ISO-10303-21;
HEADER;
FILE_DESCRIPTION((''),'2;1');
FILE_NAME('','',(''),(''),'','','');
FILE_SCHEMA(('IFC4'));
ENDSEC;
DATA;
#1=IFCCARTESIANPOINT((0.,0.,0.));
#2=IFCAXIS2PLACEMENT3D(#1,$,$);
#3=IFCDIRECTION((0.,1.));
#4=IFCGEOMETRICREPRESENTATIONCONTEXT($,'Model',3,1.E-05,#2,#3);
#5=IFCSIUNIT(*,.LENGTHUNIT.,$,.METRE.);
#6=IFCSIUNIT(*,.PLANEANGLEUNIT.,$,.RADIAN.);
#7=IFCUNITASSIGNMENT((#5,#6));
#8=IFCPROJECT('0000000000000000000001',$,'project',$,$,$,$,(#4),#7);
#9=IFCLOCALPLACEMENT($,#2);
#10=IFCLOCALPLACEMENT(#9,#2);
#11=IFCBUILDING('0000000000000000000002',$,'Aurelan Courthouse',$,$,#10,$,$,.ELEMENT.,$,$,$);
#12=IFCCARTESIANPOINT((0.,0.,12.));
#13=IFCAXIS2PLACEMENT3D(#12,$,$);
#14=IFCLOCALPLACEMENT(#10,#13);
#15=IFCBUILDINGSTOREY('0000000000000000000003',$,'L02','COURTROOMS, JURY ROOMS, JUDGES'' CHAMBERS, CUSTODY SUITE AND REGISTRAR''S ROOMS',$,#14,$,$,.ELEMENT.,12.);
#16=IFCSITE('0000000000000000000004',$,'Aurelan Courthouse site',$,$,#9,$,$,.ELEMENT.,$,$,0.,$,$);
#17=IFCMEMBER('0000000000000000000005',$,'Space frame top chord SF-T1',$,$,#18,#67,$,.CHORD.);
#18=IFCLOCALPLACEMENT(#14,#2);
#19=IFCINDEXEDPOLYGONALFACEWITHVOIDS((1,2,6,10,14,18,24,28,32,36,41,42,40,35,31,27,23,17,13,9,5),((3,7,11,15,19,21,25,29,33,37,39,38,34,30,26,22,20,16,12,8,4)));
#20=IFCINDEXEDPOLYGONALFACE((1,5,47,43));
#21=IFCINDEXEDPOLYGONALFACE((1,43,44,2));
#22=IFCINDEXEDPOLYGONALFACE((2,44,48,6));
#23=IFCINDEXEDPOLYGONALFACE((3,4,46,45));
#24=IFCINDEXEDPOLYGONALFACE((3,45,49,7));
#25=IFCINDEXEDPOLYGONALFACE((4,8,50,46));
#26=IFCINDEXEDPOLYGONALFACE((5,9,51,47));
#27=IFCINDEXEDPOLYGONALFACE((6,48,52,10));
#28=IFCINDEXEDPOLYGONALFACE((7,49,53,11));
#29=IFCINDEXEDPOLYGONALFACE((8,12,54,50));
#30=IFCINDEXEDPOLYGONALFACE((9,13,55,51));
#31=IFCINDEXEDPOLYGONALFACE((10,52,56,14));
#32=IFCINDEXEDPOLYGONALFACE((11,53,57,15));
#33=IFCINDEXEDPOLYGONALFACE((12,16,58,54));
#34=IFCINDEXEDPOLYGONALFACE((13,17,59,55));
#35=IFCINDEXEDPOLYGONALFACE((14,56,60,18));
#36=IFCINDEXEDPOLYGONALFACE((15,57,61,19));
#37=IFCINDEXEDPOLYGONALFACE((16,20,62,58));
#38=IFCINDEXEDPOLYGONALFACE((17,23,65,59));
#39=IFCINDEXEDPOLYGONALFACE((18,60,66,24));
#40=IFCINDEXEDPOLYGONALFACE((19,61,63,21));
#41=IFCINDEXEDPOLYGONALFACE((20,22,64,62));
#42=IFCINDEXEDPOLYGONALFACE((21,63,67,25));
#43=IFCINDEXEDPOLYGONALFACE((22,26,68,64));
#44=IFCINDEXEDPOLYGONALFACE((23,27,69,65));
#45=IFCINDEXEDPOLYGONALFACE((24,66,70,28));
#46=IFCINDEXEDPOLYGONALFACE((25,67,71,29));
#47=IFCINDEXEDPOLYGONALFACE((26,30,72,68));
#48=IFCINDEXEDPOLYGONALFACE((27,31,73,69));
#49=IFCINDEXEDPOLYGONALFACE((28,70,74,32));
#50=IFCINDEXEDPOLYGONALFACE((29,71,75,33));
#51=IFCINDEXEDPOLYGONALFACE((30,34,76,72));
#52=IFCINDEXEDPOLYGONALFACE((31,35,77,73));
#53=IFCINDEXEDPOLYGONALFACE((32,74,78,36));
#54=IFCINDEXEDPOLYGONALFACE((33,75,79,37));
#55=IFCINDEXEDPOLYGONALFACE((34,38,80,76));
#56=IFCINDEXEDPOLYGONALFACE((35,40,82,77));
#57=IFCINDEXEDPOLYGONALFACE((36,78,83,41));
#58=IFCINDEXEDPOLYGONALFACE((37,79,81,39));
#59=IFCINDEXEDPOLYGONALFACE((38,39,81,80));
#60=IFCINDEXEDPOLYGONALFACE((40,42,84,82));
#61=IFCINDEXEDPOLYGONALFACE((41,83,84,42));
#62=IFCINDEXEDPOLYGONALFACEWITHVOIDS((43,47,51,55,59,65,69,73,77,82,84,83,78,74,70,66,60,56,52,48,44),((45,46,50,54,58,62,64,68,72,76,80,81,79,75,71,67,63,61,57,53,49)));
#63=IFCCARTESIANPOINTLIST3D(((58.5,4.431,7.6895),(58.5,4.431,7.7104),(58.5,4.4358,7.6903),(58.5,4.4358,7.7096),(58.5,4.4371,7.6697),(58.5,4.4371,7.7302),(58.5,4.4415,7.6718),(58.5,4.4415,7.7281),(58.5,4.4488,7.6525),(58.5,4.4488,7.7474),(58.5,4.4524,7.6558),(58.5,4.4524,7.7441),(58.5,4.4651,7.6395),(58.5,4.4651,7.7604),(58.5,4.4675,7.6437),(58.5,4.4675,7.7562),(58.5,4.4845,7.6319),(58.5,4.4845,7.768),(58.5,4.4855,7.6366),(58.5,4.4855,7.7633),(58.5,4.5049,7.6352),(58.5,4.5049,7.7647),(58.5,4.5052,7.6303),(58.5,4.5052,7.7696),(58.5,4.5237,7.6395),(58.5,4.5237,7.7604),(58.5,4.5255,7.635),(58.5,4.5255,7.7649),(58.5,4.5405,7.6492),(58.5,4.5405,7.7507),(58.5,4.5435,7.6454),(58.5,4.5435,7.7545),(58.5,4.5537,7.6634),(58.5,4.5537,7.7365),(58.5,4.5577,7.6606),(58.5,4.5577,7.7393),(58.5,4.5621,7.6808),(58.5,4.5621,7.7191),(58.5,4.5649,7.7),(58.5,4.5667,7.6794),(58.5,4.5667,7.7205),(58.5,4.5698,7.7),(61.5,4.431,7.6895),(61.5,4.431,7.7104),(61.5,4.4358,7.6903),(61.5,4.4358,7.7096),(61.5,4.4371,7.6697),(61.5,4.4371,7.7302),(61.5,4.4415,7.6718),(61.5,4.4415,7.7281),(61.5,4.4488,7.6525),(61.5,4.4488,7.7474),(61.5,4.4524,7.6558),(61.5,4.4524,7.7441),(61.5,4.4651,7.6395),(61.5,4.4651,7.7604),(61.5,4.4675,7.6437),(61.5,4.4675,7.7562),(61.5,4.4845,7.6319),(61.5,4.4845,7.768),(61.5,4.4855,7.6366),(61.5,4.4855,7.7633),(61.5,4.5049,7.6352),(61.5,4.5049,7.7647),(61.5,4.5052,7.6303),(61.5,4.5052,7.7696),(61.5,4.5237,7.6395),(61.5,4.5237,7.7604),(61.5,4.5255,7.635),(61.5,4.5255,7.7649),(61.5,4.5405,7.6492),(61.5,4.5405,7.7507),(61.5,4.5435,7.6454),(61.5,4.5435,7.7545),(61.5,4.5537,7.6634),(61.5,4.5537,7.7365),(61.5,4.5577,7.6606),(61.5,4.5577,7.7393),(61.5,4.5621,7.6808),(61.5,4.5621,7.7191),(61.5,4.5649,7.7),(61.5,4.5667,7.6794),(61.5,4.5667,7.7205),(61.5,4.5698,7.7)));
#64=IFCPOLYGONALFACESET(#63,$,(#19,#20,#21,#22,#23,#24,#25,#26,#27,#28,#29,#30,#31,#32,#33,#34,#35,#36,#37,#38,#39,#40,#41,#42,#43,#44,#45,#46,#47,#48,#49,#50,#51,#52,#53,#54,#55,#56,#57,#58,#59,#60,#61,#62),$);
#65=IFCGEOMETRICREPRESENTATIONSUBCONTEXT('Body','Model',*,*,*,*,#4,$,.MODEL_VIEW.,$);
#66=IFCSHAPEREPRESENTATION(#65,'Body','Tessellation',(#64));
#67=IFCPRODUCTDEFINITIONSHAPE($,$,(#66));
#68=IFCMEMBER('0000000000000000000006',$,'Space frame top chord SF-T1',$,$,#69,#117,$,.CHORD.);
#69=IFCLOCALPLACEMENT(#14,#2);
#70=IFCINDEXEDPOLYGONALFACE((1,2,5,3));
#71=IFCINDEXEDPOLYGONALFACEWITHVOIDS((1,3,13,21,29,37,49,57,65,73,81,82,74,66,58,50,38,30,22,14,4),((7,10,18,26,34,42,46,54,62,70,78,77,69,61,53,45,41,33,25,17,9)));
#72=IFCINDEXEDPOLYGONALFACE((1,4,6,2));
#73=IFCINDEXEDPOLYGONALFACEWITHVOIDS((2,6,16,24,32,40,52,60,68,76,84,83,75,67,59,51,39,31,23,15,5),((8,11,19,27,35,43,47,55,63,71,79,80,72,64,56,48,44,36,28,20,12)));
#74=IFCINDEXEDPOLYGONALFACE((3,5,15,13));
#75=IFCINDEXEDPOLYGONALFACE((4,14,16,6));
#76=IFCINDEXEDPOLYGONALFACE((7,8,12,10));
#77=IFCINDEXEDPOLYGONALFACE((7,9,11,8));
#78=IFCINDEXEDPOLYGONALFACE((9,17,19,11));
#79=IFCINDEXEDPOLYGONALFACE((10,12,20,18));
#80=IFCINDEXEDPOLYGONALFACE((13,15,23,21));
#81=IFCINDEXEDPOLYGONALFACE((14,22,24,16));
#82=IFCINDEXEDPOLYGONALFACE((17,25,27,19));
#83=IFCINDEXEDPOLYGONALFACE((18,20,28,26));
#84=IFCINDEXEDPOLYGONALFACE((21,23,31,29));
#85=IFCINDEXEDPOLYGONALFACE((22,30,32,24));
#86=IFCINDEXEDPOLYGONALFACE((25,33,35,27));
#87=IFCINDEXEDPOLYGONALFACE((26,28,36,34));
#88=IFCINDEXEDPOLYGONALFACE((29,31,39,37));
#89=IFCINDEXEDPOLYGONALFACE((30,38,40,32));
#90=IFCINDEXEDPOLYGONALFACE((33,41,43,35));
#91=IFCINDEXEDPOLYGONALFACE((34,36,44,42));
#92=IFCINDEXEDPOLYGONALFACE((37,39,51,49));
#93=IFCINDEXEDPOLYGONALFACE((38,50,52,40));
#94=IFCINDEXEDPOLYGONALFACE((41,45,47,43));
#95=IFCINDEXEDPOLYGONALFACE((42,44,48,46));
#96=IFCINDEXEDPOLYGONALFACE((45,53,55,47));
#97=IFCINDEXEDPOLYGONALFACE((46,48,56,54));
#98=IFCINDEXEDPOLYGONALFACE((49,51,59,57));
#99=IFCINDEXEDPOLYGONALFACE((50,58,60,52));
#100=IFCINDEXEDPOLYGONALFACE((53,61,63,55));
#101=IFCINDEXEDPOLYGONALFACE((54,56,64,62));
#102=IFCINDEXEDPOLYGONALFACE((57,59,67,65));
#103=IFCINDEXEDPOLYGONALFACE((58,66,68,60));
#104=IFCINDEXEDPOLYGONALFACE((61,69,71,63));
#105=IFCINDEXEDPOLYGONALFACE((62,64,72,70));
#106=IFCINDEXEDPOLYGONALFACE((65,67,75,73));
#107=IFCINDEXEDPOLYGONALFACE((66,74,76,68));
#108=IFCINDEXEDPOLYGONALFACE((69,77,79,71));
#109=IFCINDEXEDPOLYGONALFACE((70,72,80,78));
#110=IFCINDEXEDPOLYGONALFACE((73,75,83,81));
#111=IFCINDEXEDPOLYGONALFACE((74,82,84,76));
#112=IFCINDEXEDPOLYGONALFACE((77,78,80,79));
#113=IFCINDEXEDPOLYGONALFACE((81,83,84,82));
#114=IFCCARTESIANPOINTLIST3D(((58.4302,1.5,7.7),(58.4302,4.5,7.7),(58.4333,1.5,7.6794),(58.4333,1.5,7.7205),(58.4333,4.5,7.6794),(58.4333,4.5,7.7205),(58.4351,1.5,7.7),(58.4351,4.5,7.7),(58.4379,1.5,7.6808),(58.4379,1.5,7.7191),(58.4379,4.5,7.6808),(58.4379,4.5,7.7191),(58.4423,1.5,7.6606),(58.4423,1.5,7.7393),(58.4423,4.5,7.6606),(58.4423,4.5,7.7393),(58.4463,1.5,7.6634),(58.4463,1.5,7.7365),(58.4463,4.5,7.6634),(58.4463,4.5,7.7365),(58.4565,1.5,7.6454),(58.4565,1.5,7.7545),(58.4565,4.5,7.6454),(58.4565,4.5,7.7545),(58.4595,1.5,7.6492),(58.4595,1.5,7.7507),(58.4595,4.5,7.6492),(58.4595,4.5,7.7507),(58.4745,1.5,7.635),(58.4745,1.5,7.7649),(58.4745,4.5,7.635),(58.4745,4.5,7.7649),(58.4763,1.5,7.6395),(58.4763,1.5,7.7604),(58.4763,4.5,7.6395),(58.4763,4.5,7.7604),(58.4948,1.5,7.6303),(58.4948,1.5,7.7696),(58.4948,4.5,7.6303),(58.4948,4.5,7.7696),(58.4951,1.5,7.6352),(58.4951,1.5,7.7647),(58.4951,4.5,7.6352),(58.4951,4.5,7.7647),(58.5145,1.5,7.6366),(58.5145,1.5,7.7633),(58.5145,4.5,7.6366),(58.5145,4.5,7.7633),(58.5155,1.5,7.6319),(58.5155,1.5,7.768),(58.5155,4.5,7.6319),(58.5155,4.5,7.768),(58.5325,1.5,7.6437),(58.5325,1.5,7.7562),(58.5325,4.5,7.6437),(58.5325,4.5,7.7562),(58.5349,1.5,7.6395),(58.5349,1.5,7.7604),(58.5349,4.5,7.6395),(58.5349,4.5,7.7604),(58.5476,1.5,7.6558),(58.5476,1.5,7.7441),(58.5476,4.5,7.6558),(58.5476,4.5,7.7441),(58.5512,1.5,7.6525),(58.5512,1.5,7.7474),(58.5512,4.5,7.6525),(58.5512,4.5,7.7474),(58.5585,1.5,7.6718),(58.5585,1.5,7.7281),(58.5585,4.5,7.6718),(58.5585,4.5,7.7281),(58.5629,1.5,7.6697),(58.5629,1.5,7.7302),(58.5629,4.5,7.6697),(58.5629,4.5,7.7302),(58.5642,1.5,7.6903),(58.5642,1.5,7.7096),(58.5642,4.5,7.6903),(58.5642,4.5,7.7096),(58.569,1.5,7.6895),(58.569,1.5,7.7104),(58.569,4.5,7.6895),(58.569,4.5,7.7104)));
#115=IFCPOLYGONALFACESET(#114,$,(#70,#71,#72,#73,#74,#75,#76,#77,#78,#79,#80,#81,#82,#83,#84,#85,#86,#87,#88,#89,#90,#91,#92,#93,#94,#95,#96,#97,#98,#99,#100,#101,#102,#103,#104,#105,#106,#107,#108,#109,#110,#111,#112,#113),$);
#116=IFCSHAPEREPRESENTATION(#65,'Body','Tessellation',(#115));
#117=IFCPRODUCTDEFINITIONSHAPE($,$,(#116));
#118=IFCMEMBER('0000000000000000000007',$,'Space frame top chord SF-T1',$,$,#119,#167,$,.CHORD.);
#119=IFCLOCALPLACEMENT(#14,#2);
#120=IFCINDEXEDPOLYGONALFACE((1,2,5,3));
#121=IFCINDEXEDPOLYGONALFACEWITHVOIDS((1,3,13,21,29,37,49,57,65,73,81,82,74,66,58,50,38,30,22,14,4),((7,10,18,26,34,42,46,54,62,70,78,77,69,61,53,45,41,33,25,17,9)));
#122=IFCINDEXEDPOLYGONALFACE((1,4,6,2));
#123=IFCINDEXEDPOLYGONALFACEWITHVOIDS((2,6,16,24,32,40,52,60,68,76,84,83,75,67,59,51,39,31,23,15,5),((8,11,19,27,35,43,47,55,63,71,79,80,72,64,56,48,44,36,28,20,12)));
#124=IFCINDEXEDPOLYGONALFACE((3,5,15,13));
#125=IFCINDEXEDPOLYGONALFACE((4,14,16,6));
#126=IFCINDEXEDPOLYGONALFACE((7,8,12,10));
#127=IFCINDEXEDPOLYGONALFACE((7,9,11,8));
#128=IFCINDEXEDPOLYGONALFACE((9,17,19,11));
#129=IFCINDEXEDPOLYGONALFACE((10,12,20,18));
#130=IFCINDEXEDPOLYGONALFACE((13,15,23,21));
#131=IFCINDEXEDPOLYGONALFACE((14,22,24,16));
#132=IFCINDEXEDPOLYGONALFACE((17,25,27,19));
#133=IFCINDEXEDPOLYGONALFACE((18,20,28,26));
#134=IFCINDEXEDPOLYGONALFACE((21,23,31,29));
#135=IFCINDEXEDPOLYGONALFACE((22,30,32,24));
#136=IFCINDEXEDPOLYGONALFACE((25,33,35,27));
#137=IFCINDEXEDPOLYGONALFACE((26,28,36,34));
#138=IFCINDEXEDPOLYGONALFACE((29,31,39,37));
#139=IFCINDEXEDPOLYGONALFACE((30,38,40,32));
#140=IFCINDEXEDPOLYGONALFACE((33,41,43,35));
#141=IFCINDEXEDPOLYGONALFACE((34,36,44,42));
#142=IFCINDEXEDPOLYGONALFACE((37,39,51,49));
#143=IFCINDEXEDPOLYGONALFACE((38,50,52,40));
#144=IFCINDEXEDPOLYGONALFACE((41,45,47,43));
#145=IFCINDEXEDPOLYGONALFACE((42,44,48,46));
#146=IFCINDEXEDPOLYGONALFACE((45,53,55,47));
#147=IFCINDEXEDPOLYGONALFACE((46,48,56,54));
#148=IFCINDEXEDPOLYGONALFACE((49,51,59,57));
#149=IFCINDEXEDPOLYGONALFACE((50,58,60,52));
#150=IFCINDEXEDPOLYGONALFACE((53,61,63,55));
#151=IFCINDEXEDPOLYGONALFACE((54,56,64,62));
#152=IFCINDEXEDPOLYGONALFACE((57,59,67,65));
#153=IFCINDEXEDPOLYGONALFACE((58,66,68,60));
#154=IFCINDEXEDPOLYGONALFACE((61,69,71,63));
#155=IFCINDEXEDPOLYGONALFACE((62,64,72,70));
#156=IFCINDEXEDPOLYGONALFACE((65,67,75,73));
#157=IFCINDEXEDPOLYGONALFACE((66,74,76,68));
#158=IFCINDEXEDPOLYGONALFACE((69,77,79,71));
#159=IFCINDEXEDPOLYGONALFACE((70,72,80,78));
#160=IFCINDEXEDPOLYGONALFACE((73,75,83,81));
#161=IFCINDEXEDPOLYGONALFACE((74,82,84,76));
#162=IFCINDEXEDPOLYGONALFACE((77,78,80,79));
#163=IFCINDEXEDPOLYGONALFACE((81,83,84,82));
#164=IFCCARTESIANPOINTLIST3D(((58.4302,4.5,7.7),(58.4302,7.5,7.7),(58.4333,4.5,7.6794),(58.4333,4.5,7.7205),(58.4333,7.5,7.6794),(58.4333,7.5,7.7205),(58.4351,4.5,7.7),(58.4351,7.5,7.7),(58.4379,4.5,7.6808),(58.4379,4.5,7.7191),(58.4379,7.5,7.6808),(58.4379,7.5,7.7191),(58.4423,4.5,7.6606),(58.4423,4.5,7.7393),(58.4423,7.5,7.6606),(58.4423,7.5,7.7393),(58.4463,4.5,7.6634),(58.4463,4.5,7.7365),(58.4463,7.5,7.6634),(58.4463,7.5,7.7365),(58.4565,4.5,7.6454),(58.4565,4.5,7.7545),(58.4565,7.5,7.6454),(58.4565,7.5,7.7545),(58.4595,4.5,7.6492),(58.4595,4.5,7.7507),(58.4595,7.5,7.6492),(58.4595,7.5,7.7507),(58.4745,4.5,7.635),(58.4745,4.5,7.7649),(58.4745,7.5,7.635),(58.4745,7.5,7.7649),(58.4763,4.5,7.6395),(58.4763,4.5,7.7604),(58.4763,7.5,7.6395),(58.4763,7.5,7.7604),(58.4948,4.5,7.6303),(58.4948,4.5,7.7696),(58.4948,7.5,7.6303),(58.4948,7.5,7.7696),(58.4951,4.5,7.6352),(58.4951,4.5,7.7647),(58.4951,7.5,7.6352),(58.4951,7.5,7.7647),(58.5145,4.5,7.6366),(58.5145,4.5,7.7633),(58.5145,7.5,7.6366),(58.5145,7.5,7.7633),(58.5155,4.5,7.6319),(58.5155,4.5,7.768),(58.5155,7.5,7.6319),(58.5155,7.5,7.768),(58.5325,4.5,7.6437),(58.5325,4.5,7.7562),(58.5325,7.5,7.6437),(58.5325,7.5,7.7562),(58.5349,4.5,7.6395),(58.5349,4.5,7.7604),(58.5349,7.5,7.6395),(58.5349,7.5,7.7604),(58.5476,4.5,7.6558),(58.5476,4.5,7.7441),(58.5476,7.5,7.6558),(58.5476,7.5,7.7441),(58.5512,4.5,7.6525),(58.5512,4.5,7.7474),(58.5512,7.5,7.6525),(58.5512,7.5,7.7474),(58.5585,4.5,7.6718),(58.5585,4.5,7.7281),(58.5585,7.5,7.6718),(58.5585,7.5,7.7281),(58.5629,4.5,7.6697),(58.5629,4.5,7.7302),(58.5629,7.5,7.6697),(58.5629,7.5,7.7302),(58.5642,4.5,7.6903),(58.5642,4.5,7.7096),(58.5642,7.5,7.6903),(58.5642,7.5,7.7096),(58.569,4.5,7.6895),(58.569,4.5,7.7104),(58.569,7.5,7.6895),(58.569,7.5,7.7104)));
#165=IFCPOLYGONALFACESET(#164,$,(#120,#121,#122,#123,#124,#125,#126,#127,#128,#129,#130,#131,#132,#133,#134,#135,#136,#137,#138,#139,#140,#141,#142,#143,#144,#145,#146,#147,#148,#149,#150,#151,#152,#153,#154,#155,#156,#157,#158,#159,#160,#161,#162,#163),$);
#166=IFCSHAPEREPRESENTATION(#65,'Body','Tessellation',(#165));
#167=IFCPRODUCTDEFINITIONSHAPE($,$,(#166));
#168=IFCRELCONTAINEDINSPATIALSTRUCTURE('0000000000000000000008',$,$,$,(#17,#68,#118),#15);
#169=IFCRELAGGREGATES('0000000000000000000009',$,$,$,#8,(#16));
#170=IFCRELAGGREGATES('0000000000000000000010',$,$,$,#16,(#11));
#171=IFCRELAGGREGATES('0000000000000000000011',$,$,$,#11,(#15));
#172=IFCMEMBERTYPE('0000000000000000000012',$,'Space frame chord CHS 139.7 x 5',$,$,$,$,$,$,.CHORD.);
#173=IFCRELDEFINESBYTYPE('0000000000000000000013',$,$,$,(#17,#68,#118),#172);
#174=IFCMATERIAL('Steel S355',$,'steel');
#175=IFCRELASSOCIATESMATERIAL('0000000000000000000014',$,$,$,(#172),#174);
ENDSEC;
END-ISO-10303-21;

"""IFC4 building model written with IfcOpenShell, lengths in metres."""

from ifc_helpers import new_model, si_unit, direction, frame, origin, origin_2d, place, context, subcontext, project, spatial, hollow_circle, extrude, material, material_profile, profile_set, type_object, element, save


model = new_model("IFC4")

# Units and contexts
model_context = context("Model", 3, precision=1e-05, world=origin(), true_north=direction((0.0, 1.0)))
body_context = subcontext(model_context, "Body", "Model", "MODEL_VIEW")
ifc_project = project(units=[si_unit("LENGTHUNIT", "METRE"), si_unit("PLANEANGLEUNIT", "RADIAN")], contexts=[model_context])

# Site, building, storey
site_placement = place(None, origin())
site = spatial("IfcSite", under=ifc_project, at=site_placement, Name="Aurelan Courthouse site", CompositionType="ELEMENT", RefElevation=0.0)
building_placement = place(site_placement, origin())
building = spatial("IfcBuilding", under=site, at=building_placement, Name="Aurelan Courthouse", CompositionType="ELEMENT")
storey_placement = place(building_placement, frame((0.0, 0.0, 12.0)))
storey = spatial("IfcBuildingStorey", under=building, at=storey_placement, Name="L02", Description="COURTROOMS, JURY ROOMS, JUDGES' CHAMBERS, CUSTODY SUITE AND REGISTRAR'S ROOMS", CompositionType="ELEMENT", Elevation=12.0)

# Members
ifc_material_1 = material(Name="Steel S355", Category="steel")
ifc_material_profile_1 = material_profile(ifc_material_1, hollow_circle(Radius=0.0698, WallThickness=0.0049, at=origin_2d()), Name="CHS 139.7 x 5")
ifc_profile_set_1 = profile_set([ifc_material_profile_1], Name="Steel S355")
member_type_1 = type_object("IfcMemberType", Name="Space frame chord CHS 139.7 x 5", PredefinedType="CHORD", material=ifc_profile_set_1)
for number, where, z_axis, x_axis, name in (
    (1, (58.5, 4.5, 7.7), (1.0, 0.0, 0.0), (0.0, 1.0, 0.0), "Space frame top chord SF-T1"),
    (2, (58.5, 1.5, 7.7), (0.0, 1.0, 0.0), (-1.0, 0.0, 0.0), "Space frame top chord SF-T1"),
    (3, (58.5, 4.5, 7.7), (0.0, 1.0, 0.0), (-1.0, 0.0, 0.0), "Space frame top chord SF-T1"),
):
    element("IfcMember", number, at=place(storey_placement, frame(where, z_axis=z_axis, x_axis=x_axis)), inside=storey, type_object=member_type_1, Name=name, PredefinedType="CHORD", context=body_context, shape_type="SweptSolid", body=[
        extrude(hollow_circle(Radius=0.0698, WallThickness=0.0049, at=origin_2d()), origin(), (0.0, 0.0, 1.0), 3.0),
    ])

save(model, "model.ifc")
